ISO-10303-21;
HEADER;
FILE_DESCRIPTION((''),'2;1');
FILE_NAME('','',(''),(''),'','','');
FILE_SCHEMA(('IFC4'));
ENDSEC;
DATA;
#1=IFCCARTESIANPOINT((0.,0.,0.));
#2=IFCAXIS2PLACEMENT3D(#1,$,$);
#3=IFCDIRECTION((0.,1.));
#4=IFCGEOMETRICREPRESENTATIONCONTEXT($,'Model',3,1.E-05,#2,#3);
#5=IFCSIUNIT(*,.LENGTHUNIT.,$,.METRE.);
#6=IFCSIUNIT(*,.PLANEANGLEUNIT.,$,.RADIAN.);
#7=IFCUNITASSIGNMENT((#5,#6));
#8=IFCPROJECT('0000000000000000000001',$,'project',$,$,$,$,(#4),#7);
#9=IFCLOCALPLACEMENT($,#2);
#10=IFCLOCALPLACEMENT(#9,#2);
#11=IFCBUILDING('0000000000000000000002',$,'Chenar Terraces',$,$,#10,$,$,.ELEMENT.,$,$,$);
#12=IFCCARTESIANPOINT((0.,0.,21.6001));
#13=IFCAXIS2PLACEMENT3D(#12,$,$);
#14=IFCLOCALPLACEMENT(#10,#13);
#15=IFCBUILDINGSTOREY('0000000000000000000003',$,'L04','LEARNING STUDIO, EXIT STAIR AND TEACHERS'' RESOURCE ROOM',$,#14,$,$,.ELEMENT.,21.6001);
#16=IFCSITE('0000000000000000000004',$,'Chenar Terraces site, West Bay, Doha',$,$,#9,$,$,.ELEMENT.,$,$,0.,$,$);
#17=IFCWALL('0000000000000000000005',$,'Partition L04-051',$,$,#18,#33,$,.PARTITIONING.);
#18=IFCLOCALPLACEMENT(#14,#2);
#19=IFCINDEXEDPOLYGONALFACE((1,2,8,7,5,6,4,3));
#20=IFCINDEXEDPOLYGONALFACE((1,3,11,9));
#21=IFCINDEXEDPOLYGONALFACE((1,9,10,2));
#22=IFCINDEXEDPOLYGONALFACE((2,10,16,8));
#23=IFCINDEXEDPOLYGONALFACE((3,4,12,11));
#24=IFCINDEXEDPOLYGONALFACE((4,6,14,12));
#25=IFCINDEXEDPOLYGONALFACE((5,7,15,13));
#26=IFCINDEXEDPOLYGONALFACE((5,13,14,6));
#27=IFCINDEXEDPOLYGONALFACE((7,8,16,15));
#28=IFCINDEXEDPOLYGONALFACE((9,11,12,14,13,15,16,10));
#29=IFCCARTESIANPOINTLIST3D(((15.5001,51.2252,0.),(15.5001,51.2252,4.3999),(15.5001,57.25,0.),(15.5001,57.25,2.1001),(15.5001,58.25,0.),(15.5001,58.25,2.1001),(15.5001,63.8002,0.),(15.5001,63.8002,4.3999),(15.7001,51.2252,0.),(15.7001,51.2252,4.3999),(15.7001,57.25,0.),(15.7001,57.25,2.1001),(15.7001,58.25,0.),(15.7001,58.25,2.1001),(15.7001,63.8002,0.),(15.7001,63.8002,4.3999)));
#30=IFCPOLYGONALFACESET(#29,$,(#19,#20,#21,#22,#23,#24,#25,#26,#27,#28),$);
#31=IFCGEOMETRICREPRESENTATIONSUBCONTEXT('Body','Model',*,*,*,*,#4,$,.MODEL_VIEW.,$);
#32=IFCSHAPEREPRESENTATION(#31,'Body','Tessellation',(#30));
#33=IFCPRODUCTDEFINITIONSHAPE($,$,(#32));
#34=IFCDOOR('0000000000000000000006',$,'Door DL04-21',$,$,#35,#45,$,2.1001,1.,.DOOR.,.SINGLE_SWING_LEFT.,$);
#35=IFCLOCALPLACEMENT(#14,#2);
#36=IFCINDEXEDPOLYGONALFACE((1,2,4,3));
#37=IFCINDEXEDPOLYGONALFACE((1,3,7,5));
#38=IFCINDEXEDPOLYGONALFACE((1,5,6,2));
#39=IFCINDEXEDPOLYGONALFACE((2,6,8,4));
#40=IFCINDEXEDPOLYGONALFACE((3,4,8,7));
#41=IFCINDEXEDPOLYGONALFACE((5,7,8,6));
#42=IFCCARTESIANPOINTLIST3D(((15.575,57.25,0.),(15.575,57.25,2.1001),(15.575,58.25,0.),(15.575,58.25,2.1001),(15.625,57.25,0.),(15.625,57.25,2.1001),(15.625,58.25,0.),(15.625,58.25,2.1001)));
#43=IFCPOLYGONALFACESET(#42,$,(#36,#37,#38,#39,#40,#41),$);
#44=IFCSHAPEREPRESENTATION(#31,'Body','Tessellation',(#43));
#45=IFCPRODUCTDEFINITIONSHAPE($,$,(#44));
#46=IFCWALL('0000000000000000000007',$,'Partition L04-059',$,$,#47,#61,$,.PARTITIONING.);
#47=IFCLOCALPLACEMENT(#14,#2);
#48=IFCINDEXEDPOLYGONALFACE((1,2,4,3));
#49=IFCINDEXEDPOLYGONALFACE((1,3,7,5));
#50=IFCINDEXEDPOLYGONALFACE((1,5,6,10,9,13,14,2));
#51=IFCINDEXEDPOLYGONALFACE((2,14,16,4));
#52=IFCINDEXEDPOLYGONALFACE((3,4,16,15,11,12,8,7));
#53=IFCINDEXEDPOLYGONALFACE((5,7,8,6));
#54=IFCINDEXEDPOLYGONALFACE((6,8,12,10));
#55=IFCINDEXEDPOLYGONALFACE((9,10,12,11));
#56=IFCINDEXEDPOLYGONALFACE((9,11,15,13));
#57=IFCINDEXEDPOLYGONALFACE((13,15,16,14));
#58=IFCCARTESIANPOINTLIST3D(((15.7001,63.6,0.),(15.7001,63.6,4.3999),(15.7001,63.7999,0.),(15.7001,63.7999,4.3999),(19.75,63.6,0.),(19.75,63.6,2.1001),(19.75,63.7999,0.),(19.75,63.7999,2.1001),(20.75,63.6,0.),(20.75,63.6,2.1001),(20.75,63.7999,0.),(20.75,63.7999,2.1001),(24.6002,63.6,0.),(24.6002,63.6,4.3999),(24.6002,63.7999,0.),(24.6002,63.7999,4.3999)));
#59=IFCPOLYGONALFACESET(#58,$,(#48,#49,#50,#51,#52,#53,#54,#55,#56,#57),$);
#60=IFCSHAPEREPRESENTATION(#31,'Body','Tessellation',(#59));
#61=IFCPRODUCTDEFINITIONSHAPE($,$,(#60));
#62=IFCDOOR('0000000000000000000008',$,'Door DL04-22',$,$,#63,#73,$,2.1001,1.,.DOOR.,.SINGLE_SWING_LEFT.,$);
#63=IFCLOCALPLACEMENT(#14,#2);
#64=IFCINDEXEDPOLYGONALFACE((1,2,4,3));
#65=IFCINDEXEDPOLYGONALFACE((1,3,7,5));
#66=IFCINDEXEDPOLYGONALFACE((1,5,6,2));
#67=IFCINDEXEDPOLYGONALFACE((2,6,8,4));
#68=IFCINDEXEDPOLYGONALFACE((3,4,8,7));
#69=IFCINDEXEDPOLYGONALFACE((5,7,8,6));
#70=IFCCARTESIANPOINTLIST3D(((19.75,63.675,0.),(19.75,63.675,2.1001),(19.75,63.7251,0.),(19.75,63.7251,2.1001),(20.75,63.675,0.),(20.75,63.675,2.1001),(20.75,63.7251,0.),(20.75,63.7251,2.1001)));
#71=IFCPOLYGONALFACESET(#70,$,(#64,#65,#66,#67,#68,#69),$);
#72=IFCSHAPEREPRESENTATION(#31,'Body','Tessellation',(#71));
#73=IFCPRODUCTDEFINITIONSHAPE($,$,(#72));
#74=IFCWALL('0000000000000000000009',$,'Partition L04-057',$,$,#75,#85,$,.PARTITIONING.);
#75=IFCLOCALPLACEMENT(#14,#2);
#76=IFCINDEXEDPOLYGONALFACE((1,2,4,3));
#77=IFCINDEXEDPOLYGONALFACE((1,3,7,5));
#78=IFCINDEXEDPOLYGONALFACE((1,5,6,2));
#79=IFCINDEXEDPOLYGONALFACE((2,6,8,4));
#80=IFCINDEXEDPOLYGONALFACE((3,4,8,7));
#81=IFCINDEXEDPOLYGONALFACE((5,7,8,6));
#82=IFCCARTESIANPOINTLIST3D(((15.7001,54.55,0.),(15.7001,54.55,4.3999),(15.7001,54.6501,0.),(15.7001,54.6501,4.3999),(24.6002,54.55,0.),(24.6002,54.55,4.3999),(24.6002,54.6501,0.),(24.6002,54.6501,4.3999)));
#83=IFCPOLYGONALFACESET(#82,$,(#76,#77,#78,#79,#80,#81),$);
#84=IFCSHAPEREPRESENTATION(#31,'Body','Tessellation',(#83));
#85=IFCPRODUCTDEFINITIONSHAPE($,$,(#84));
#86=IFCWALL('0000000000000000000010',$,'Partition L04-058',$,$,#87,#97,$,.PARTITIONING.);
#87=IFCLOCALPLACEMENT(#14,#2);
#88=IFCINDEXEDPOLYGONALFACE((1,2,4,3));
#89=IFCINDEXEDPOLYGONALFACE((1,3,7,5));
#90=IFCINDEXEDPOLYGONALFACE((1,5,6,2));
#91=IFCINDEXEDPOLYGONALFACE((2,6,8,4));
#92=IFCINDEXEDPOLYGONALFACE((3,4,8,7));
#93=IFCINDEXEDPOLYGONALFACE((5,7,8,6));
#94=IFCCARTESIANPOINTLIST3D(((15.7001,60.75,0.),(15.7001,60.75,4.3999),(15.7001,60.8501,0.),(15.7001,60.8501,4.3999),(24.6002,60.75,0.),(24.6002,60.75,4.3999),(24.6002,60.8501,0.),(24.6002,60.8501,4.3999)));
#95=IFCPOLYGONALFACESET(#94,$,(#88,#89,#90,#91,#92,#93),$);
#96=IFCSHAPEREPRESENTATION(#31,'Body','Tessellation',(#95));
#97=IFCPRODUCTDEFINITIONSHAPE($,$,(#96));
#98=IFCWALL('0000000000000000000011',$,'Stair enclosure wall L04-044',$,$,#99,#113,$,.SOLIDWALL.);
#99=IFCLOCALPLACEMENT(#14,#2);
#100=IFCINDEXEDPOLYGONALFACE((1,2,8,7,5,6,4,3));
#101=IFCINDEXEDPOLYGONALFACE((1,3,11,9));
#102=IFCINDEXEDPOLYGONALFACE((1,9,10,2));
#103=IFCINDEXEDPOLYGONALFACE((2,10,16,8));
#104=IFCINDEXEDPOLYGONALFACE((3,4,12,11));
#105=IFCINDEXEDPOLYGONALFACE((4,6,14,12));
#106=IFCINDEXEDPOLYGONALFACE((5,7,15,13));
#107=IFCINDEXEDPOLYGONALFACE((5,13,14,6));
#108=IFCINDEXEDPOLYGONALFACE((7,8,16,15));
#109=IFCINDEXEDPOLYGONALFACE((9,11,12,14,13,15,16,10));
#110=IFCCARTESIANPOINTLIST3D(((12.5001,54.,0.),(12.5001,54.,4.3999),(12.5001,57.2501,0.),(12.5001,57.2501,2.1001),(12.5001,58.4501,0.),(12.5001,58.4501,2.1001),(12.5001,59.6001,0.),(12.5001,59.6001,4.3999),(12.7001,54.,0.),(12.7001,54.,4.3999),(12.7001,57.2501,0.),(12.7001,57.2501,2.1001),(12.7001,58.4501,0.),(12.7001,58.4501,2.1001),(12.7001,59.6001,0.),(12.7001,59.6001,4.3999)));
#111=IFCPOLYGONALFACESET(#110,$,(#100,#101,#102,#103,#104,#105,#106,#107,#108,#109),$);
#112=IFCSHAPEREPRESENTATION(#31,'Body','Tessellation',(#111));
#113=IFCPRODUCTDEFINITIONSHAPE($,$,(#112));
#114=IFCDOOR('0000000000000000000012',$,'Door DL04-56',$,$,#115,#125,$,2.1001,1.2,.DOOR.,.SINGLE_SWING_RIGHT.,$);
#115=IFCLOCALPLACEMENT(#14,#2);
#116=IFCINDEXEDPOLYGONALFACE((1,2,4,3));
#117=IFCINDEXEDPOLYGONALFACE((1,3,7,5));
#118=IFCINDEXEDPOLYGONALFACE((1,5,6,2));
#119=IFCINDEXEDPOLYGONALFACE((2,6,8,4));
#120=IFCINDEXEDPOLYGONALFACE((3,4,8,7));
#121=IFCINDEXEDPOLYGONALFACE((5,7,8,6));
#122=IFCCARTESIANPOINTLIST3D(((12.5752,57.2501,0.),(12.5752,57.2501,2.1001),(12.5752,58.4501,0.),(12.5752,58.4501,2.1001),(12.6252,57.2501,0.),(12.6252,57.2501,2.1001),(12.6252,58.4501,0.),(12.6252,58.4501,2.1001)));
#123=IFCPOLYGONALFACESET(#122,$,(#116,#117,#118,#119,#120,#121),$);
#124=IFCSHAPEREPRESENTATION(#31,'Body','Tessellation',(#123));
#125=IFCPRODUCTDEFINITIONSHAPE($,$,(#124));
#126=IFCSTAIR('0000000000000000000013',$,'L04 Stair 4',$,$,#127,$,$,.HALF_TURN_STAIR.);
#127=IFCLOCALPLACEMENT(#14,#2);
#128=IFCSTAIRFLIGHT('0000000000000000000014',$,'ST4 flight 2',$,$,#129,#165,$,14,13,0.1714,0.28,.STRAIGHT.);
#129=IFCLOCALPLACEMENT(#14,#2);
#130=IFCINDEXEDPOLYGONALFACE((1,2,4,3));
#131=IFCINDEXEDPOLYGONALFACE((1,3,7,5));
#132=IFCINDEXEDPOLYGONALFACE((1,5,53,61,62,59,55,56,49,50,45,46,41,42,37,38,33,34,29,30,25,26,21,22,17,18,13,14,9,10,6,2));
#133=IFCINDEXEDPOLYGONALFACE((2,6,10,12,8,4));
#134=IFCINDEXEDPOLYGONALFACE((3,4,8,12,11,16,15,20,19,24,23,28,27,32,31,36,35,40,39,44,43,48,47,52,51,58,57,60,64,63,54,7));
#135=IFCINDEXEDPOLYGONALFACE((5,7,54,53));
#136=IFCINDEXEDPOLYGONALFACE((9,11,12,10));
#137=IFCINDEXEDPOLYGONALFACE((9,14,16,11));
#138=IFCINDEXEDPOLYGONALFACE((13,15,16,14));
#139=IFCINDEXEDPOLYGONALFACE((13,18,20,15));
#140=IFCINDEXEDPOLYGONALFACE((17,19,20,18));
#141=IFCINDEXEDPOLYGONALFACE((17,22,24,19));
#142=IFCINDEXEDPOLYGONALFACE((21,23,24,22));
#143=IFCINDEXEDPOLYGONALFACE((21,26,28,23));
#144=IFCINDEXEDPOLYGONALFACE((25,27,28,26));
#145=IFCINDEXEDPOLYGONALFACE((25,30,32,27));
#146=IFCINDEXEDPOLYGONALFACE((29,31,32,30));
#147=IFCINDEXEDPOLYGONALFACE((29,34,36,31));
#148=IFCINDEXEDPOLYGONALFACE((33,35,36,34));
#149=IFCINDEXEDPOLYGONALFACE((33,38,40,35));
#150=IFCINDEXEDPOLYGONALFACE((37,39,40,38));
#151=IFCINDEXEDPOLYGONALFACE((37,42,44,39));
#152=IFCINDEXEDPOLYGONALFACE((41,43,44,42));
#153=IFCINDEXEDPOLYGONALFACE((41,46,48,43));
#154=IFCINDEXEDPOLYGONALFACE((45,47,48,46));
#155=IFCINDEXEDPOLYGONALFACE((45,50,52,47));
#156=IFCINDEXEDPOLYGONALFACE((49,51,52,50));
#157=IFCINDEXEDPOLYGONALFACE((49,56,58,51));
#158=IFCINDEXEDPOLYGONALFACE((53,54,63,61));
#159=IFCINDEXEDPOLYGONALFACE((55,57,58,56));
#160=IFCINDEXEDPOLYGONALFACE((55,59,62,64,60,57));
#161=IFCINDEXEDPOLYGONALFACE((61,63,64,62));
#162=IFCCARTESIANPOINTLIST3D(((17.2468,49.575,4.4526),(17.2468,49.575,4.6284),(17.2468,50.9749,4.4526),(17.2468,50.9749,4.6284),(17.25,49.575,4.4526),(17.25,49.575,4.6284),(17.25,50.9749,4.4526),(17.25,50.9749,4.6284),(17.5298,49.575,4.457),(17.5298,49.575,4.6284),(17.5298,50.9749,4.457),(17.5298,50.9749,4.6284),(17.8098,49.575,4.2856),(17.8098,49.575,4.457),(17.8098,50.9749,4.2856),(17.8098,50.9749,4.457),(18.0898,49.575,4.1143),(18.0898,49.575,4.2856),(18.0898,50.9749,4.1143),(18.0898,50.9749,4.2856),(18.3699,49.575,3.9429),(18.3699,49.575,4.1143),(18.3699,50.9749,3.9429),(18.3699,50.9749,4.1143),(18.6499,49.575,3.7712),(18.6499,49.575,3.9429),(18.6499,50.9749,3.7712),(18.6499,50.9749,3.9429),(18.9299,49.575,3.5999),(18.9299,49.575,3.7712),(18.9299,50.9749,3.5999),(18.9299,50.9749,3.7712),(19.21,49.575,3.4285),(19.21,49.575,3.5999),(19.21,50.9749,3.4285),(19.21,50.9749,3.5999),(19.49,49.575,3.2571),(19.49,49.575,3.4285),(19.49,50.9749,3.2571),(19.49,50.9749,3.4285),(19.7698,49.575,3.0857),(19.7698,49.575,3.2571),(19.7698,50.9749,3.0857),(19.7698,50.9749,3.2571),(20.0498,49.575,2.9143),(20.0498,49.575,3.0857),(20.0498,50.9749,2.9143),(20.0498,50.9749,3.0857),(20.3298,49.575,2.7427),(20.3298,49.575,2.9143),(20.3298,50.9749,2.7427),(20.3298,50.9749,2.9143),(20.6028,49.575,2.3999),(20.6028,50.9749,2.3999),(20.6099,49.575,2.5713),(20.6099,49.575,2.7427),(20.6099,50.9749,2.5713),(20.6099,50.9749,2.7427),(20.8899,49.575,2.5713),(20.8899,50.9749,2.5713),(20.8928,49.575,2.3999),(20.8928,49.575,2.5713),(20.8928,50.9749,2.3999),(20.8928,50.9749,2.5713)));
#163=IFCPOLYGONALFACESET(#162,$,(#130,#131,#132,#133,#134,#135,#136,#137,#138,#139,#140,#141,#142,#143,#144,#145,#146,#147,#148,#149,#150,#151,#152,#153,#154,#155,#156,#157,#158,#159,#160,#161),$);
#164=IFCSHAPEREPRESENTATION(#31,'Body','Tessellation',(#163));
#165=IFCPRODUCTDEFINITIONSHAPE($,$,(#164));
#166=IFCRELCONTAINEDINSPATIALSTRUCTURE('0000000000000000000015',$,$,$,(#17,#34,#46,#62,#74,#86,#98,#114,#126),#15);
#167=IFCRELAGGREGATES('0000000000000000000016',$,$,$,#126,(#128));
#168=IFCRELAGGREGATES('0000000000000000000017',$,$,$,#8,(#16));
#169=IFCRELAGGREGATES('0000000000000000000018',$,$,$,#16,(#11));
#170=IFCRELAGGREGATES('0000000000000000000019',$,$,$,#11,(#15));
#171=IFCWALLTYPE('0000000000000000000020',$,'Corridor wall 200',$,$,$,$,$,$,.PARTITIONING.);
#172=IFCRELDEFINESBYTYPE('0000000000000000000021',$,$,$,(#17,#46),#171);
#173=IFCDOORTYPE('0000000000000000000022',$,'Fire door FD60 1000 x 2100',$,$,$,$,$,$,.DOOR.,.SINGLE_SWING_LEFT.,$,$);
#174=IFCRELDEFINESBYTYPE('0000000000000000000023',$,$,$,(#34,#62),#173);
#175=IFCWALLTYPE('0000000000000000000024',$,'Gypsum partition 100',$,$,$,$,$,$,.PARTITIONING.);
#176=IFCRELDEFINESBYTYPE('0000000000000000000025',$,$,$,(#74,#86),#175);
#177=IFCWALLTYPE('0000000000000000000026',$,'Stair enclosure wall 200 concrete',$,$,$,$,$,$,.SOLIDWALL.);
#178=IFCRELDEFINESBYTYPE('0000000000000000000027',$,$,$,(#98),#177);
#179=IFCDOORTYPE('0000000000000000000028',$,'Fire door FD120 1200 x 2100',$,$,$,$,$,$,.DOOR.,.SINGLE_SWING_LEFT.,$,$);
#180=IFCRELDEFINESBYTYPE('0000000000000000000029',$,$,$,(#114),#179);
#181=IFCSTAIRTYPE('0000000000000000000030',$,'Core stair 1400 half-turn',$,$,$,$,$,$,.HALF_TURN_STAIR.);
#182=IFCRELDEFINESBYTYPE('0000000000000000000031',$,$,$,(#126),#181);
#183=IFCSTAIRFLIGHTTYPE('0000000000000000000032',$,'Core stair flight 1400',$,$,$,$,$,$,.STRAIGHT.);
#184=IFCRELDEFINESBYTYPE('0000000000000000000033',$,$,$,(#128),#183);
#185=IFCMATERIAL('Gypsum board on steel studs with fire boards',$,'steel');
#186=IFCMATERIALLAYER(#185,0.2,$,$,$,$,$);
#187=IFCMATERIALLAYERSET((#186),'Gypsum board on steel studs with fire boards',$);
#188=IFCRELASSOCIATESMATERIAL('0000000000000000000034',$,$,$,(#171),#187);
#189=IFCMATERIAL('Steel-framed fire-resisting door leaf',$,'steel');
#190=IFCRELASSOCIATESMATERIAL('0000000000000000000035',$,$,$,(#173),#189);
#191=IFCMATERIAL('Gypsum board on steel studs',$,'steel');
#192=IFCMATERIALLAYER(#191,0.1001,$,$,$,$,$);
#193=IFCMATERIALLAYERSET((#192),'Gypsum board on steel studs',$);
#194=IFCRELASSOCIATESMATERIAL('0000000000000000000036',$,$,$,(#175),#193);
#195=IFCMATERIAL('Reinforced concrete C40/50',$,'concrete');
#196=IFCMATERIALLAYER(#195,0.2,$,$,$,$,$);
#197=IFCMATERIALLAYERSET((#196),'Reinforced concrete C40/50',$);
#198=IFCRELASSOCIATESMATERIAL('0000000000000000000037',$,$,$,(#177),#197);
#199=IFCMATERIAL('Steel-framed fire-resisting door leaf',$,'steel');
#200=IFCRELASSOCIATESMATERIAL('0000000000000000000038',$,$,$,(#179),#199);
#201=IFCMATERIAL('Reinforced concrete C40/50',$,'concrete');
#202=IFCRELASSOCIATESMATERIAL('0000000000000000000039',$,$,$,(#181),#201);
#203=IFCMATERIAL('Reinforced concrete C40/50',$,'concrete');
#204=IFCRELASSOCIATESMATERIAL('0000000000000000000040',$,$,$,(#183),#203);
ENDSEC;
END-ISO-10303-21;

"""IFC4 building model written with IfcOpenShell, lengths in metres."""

from ifc_helpers import new_model, si_unit, direction, frame, frame_2d, origin, place, context, subcontext, project, spatial, polyline, rectangle, outline, extrude, material, layer, layer_set, type_object, element, fill, aggregate, save


model = new_model("IFC4")

# Units and contexts
model_context = context("Model", 3, precision=1e-05, world=origin(), true_north=direction((0.0, 1.0)))
body_context = subcontext(model_context, "Body", "Model", "MODEL_VIEW")
ifc_project = project(units=[si_unit("LENGTHUNIT", "METRE"), si_unit("PLANEANGLEUNIT", "RADIAN")], contexts=[model_context])

# Site, building, storey
site_placement = place(None, origin())
site = spatial("IfcSite", under=ifc_project, at=site_placement, Name="Chenar Terraces site, West Bay, Doha", CompositionType="ELEMENT", RefElevation=0.0)
building_placement = place(site_placement, origin())
building = spatial("IfcBuilding", under=site, at=building_placement, Name="Chenar Terraces", CompositionType="ELEMENT")
storey_placement = place(building_placement, frame((0.0, 0.0, 21.6001)))
storey = spatial("IfcBuildingStorey", under=building, at=storey_placement, Name="L04", Description="LEARNING STUDIO, EXIT STAIR AND TEACHERS' RESOURCE ROOM", CompositionType="ELEMENT", Elevation=21.6001)

# Shared definitions
placement = place(storey_placement, origin())

# Walls, openings, doors
ifc_material_1 = material(Name="Gypsum board on steel studs with fire boards", Category="steel")
ifc_layer_1 = layer(ifc_material_1, 0.2)
ifc_layer_set_1 = layer_set([ifc_layer_1], Name="Gypsum board on steel studs with fire boards")
wall_type_1 = type_object("IfcWallType", Name="Corridor wall 200", PredefinedType="PARTITIONING", material=ifc_layer_set_1)
ifc_material_2 = material(Name="Steel-framed fire-resisting door leaf", Category="steel")
door_type_1 = type_object("IfcDoorType", Name="Fire door FD60 1000 x 2100", OperationType="SINGLE_SWING_LEFT", PredefinedType="DOOR", material=ifc_material_2)
wall_1_placement = place(storey_placement, frame((15.6001, 51.2251, 0.0), z_axis=(0.0, 0.0, 1.0), x_axis=(0.0, 1.0, 0.0)))
wall_1 = element("IfcWall", 1, at=wall_1_placement, inside=storey, type_object=wall_type_1, Name="Partition L04-051", PredefinedType="PARTITIONING", context=body_context, shape_type="SweptSolid", body=[
    extrude(rectangle(XDim=12.575, YDim=0.2, at=frame_2d((6.2876, 0.0))), origin(), (0.0, 0.0, 1.0), 4.3999),
])
opening_1_placement = place(wall_1_placement, frame((6.0249, 0.0, 0.0)))
opening_1 = element("IfcOpeningElement", 2, at=opening_1_placement, cuts=wall_1, PredefinedType="OPENING", context=body_context, shape_type="SweptSolid", body=[
    extrude(rectangle(XDim=1.0, YDim=2.1001, at=frame_2d((0.5, 1.05))), frame((0.0, 0.1099, 0.0), z_axis=(0.0, -1.0, 0.0), x_axis=(1.0, 0.0, 0.0)), (0.0, 0.0, 1.0), 0.22),
])
door_1_placement = place(opening_1_placement, frame((1.0, 0.0, 0.0), z_axis=(0.0, 0.0, 1.0), x_axis=(-1.0, 0.0, 0.0)))
door_1 = element("IfcDoor", 3, at=door_1_placement, inside=storey, type_object=door_type_1, Name="Door DL04-21", OperationType="SINGLE_SWING_LEFT", OverallHeight=2.1001, OverallWidth=1.0, PredefinedType="DOOR", context=body_context, shape_type="SweptSolid", body=[
    extrude(rectangle(XDim=1.0, YDim=2.1001, at=frame_2d((0.5, 1.05))), frame((0.0, 0.0249, 0.0), z_axis=(0.0, -1.0, 0.0), x_axis=(1.0, 0.0, 0.0)), (0.0, 0.0, 1.0), 0.05),
])
fill(opening_1, door_1)
wall_2_placement = place(storey_placement, frame((15.7, 63.7, 0.0), z_axis=(0.0, 0.0, 1.0), x_axis=(1.0, 0.0, 0.0)))
wall_2 = element("IfcWall", 4, at=wall_2_placement, inside=storey, type_object=wall_type_1, Name="Partition L04-059", PredefinedType="PARTITIONING", context=body_context, shape_type="SweptSolid", body=[
    extrude(rectangle(XDim=8.9001, YDim=0.2, at=frame_2d((4.4502, 0.0))), origin(), (0.0, 0.0, 1.0), 4.3999),
])
opening_2_placement = place(wall_2_placement, frame((4.05, 0.0, 0.0)))
opening_2 = element("IfcOpeningElement", 5, at=opening_2_placement, cuts=wall_2, PredefinedType="OPENING", context=body_context, shape_type="SweptSolid", body=[
    extrude(rectangle(XDim=1.0, YDim=2.1001, at=frame_2d((0.5, 1.05))), frame((0.0, 0.1099, 0.0), z_axis=(0.0, -1.0, 0.0), x_axis=(1.0, 0.0, 0.0)), (0.0, 0.0, 1.0), 0.22),
])
door_2_placement = place(opening_2_placement, frame((1.0, 0.0, 0.0), z_axis=(0.0, 0.0, 1.0), x_axis=(-1.0, 0.0, 0.0)))
door_2 = element("IfcDoor", 6, at=door_2_placement, inside=storey, type_object=door_type_1, Name="Door DL04-22", OperationType="SINGLE_SWING_LEFT", OverallHeight=2.1001, OverallWidth=1.0, PredefinedType="DOOR", context=body_context, shape_type="SweptSolid", body=[
    extrude(rectangle(XDim=1.0, YDim=2.1001, at=frame_2d((0.5, 1.05))), frame((0.0, 0.0249, 0.0), z_axis=(0.0, -1.0, 0.0), x_axis=(1.0, 0.0, 0.0)), (0.0, 0.0, 1.0), 0.05),
])
fill(opening_2, door_2)

# Walls
ifc_material_3 = material(Name="Gypsum board on steel studs", Category="steel")
ifc_layer_2 = layer(ifc_material_3, 0.1001)
ifc_layer_set_2 = layer_set([ifc_layer_2], Name="Gypsum board on steel studs")
wall_type_2 = type_object("IfcWallType", Name="Gypsum partition 100", PredefinedType="PARTITIONING", material=ifc_layer_set_2)
for number, where, z_axis, x_axis, name in (
    (7, (15.7, 54.6001, 0.0), (0.0, 0.0, 1.0), (1.0, 0.0, 0.0), "Partition L04-057"),
    (8, (15.7, 60.8, 0.0), (0.0, 0.0, 1.0), (1.0, 0.0, 0.0), "Partition L04-058"),
):
    element("IfcWall", number, at=place(storey_placement, frame(where, z_axis=z_axis, x_axis=x_axis)), inside=storey, type_object=wall_type_2, Name=name, PredefinedType="PARTITIONING", context=body_context, shape_type="SweptSolid", body=[
        extrude(rectangle(XDim=8.9001, YDim=0.1001, at=frame_2d((4.4502, 0.0))), origin(), (0.0, 0.0, 1.0), 4.3999),
    ])

# Wall, opening, door
ifc_material_4 = material(Name="Reinforced concrete C40/50", Category="concrete")
ifc_layer_3 = layer(ifc_material_4, 0.2)
ifc_layer_set_3 = layer_set([ifc_layer_3], Name="Reinforced concrete C40/50")
wall_type_3 = type_object("IfcWallType", Name="Stair enclosure wall 200 concrete", PredefinedType="SOLIDWALL", material=ifc_layer_set_3)
wall_3_placement = place(storey_placement, frame((12.6001, 54.0, 0.0), z_axis=(0.0, 0.0, 1.0), x_axis=(0.0, 1.0, 0.0)))
wall_3 = element("IfcWall", 9, at=wall_3_placement, inside=storey, type_object=wall_type_3, Name="Stair enclosure wall L04-044", PredefinedType="SOLIDWALL", context=body_context, shape_type="SweptSolid", body=[
    extrude(rectangle(XDim=5.6001, YDim=0.2, at=frame_2d((2.8, 0.0))), origin(), (0.0, 0.0, 1.0), 4.3999),
])
opening_3_placement = place(wall_3_placement, frame((3.25, 0.0, 0.0)))
opening_3 = element("IfcOpeningElement", 10, at=opening_3_placement, cuts=wall_3, PredefinedType="OPENING", context=body_context, shape_type="SweptSolid", body=[
    extrude(rectangle(XDim=1.2, YDim=2.1001, at=frame_2d((0.6001, 1.05))), frame((0.0, 0.1099, 0.0), z_axis=(0.0, -1.0, 0.0), x_axis=(1.0, 0.0, 0.0)), (0.0, 0.0, 1.0), 0.22),
])
ifc_material_5 = material(Name="Steel-framed fire-resisting door leaf", Category="steel")
door_type_2 = type_object("IfcDoorType", Name="Fire door FD120 1200 x 2100", OperationType="SINGLE_SWING_LEFT", PredefinedType="DOOR", material=ifc_material_5)
door_3_placement = place(opening_3_placement, origin())
door_3 = element("IfcDoor", 11, at=door_3_placement, inside=storey, type_object=door_type_2, Name="Door DL04-56", OperationType="SINGLE_SWING_RIGHT", OverallHeight=2.1001, OverallWidth=1.2, PredefinedType="DOOR", context=body_context, shape_type="SweptSolid", body=[
    extrude(rectangle(XDim=1.2, YDim=2.1001, at=frame_2d((0.6001, 1.05))), frame((0.0, 0.0249, 0.0), z_axis=(0.0, -1.0, 0.0), x_axis=(1.0, 0.0, 0.0)), (0.0, 0.0, 1.0), 0.05),
])
fill(opening_3, door_3)

# Stair, stair flight
ifc_material_6 = material(Name="Reinforced concrete C40/50", Category="concrete")
stair_type = type_object("IfcStairType", Name="Core stair 1400 half-turn", PredefinedType="HALF_TURN_STAIR", material=ifc_material_6)
stair = element("IfcStair", 12, at=placement, inside=storey, type_object=stair_type, Name="L04 Stair 4", PredefinedType="HALF_TURN_STAIR")
ifc_material_7 = material(Name="Reinforced concrete C40/50", Category="concrete")
stair_flight_type = type_object("IfcStairFlightType", Name="Core stair flight 1400", PredefinedType="STRAIGHT", material=ifc_material_7)
stair_flight_placement = place(storey_placement, frame((20.8899, 50.2749, 2.3999), z_axis=(0.0, 0.0, 1.0), x_axis=(-1.0, 0.0, 0.0)))
stair_flight = element("IfcStairFlight", 13, at=stair_flight_placement, type_object=stair_flight_type, Name="ST4 flight 2", NumberOfRisers=14, NumberOfTreads=13, PredefinedType="STRAIGHT", RiserHeight=0.1714, TreadLength=0.28, context=body_context, shape_type="SweptSolid", body=[
    extrude(outline(polyline([(-0.0029, 0.0), (-0.0029, 0.1714), (0.0, 0.1714), (0.28, 0.1714), (0.28, 0.3428), (0.5601, 0.3428), (0.5601, 0.5144), (0.8401, 0.5144), (0.8401, 0.6858), (1.1201, 0.6858), (1.1201, 0.8572), (1.3999, 0.8572), (1.3999, 1.0286), (1.6799, 1.0286), (1.6799, 1.2), (1.96, 1.2), (1.96, 1.3713), (2.24, 1.3713), (2.24, 1.543), (2.52, 1.543), (2.52, 1.7144), (2.8, 1.7144), (2.8, 1.8857), (3.0801, 1.8857), (3.0801, 2.0571), (3.3601, 2.0571), (3.3601, 2.2285), (3.6399, 2.2285), (3.6431, 2.2285), (3.6431, 2.0527), (3.6399, 2.0527), (0.2871, 0.0), (-0.0029, 0.0)])), frame((0.0, 0.7, 0.0), z_axis=(0.0, -1.0, 0.0), x_axis=(1.0, 0.0, 0.0)), (0.0, 0.0, 1.0), 1.3999),
])
aggregate(stair, [stair_flight])

save(model, "model.ifc")
